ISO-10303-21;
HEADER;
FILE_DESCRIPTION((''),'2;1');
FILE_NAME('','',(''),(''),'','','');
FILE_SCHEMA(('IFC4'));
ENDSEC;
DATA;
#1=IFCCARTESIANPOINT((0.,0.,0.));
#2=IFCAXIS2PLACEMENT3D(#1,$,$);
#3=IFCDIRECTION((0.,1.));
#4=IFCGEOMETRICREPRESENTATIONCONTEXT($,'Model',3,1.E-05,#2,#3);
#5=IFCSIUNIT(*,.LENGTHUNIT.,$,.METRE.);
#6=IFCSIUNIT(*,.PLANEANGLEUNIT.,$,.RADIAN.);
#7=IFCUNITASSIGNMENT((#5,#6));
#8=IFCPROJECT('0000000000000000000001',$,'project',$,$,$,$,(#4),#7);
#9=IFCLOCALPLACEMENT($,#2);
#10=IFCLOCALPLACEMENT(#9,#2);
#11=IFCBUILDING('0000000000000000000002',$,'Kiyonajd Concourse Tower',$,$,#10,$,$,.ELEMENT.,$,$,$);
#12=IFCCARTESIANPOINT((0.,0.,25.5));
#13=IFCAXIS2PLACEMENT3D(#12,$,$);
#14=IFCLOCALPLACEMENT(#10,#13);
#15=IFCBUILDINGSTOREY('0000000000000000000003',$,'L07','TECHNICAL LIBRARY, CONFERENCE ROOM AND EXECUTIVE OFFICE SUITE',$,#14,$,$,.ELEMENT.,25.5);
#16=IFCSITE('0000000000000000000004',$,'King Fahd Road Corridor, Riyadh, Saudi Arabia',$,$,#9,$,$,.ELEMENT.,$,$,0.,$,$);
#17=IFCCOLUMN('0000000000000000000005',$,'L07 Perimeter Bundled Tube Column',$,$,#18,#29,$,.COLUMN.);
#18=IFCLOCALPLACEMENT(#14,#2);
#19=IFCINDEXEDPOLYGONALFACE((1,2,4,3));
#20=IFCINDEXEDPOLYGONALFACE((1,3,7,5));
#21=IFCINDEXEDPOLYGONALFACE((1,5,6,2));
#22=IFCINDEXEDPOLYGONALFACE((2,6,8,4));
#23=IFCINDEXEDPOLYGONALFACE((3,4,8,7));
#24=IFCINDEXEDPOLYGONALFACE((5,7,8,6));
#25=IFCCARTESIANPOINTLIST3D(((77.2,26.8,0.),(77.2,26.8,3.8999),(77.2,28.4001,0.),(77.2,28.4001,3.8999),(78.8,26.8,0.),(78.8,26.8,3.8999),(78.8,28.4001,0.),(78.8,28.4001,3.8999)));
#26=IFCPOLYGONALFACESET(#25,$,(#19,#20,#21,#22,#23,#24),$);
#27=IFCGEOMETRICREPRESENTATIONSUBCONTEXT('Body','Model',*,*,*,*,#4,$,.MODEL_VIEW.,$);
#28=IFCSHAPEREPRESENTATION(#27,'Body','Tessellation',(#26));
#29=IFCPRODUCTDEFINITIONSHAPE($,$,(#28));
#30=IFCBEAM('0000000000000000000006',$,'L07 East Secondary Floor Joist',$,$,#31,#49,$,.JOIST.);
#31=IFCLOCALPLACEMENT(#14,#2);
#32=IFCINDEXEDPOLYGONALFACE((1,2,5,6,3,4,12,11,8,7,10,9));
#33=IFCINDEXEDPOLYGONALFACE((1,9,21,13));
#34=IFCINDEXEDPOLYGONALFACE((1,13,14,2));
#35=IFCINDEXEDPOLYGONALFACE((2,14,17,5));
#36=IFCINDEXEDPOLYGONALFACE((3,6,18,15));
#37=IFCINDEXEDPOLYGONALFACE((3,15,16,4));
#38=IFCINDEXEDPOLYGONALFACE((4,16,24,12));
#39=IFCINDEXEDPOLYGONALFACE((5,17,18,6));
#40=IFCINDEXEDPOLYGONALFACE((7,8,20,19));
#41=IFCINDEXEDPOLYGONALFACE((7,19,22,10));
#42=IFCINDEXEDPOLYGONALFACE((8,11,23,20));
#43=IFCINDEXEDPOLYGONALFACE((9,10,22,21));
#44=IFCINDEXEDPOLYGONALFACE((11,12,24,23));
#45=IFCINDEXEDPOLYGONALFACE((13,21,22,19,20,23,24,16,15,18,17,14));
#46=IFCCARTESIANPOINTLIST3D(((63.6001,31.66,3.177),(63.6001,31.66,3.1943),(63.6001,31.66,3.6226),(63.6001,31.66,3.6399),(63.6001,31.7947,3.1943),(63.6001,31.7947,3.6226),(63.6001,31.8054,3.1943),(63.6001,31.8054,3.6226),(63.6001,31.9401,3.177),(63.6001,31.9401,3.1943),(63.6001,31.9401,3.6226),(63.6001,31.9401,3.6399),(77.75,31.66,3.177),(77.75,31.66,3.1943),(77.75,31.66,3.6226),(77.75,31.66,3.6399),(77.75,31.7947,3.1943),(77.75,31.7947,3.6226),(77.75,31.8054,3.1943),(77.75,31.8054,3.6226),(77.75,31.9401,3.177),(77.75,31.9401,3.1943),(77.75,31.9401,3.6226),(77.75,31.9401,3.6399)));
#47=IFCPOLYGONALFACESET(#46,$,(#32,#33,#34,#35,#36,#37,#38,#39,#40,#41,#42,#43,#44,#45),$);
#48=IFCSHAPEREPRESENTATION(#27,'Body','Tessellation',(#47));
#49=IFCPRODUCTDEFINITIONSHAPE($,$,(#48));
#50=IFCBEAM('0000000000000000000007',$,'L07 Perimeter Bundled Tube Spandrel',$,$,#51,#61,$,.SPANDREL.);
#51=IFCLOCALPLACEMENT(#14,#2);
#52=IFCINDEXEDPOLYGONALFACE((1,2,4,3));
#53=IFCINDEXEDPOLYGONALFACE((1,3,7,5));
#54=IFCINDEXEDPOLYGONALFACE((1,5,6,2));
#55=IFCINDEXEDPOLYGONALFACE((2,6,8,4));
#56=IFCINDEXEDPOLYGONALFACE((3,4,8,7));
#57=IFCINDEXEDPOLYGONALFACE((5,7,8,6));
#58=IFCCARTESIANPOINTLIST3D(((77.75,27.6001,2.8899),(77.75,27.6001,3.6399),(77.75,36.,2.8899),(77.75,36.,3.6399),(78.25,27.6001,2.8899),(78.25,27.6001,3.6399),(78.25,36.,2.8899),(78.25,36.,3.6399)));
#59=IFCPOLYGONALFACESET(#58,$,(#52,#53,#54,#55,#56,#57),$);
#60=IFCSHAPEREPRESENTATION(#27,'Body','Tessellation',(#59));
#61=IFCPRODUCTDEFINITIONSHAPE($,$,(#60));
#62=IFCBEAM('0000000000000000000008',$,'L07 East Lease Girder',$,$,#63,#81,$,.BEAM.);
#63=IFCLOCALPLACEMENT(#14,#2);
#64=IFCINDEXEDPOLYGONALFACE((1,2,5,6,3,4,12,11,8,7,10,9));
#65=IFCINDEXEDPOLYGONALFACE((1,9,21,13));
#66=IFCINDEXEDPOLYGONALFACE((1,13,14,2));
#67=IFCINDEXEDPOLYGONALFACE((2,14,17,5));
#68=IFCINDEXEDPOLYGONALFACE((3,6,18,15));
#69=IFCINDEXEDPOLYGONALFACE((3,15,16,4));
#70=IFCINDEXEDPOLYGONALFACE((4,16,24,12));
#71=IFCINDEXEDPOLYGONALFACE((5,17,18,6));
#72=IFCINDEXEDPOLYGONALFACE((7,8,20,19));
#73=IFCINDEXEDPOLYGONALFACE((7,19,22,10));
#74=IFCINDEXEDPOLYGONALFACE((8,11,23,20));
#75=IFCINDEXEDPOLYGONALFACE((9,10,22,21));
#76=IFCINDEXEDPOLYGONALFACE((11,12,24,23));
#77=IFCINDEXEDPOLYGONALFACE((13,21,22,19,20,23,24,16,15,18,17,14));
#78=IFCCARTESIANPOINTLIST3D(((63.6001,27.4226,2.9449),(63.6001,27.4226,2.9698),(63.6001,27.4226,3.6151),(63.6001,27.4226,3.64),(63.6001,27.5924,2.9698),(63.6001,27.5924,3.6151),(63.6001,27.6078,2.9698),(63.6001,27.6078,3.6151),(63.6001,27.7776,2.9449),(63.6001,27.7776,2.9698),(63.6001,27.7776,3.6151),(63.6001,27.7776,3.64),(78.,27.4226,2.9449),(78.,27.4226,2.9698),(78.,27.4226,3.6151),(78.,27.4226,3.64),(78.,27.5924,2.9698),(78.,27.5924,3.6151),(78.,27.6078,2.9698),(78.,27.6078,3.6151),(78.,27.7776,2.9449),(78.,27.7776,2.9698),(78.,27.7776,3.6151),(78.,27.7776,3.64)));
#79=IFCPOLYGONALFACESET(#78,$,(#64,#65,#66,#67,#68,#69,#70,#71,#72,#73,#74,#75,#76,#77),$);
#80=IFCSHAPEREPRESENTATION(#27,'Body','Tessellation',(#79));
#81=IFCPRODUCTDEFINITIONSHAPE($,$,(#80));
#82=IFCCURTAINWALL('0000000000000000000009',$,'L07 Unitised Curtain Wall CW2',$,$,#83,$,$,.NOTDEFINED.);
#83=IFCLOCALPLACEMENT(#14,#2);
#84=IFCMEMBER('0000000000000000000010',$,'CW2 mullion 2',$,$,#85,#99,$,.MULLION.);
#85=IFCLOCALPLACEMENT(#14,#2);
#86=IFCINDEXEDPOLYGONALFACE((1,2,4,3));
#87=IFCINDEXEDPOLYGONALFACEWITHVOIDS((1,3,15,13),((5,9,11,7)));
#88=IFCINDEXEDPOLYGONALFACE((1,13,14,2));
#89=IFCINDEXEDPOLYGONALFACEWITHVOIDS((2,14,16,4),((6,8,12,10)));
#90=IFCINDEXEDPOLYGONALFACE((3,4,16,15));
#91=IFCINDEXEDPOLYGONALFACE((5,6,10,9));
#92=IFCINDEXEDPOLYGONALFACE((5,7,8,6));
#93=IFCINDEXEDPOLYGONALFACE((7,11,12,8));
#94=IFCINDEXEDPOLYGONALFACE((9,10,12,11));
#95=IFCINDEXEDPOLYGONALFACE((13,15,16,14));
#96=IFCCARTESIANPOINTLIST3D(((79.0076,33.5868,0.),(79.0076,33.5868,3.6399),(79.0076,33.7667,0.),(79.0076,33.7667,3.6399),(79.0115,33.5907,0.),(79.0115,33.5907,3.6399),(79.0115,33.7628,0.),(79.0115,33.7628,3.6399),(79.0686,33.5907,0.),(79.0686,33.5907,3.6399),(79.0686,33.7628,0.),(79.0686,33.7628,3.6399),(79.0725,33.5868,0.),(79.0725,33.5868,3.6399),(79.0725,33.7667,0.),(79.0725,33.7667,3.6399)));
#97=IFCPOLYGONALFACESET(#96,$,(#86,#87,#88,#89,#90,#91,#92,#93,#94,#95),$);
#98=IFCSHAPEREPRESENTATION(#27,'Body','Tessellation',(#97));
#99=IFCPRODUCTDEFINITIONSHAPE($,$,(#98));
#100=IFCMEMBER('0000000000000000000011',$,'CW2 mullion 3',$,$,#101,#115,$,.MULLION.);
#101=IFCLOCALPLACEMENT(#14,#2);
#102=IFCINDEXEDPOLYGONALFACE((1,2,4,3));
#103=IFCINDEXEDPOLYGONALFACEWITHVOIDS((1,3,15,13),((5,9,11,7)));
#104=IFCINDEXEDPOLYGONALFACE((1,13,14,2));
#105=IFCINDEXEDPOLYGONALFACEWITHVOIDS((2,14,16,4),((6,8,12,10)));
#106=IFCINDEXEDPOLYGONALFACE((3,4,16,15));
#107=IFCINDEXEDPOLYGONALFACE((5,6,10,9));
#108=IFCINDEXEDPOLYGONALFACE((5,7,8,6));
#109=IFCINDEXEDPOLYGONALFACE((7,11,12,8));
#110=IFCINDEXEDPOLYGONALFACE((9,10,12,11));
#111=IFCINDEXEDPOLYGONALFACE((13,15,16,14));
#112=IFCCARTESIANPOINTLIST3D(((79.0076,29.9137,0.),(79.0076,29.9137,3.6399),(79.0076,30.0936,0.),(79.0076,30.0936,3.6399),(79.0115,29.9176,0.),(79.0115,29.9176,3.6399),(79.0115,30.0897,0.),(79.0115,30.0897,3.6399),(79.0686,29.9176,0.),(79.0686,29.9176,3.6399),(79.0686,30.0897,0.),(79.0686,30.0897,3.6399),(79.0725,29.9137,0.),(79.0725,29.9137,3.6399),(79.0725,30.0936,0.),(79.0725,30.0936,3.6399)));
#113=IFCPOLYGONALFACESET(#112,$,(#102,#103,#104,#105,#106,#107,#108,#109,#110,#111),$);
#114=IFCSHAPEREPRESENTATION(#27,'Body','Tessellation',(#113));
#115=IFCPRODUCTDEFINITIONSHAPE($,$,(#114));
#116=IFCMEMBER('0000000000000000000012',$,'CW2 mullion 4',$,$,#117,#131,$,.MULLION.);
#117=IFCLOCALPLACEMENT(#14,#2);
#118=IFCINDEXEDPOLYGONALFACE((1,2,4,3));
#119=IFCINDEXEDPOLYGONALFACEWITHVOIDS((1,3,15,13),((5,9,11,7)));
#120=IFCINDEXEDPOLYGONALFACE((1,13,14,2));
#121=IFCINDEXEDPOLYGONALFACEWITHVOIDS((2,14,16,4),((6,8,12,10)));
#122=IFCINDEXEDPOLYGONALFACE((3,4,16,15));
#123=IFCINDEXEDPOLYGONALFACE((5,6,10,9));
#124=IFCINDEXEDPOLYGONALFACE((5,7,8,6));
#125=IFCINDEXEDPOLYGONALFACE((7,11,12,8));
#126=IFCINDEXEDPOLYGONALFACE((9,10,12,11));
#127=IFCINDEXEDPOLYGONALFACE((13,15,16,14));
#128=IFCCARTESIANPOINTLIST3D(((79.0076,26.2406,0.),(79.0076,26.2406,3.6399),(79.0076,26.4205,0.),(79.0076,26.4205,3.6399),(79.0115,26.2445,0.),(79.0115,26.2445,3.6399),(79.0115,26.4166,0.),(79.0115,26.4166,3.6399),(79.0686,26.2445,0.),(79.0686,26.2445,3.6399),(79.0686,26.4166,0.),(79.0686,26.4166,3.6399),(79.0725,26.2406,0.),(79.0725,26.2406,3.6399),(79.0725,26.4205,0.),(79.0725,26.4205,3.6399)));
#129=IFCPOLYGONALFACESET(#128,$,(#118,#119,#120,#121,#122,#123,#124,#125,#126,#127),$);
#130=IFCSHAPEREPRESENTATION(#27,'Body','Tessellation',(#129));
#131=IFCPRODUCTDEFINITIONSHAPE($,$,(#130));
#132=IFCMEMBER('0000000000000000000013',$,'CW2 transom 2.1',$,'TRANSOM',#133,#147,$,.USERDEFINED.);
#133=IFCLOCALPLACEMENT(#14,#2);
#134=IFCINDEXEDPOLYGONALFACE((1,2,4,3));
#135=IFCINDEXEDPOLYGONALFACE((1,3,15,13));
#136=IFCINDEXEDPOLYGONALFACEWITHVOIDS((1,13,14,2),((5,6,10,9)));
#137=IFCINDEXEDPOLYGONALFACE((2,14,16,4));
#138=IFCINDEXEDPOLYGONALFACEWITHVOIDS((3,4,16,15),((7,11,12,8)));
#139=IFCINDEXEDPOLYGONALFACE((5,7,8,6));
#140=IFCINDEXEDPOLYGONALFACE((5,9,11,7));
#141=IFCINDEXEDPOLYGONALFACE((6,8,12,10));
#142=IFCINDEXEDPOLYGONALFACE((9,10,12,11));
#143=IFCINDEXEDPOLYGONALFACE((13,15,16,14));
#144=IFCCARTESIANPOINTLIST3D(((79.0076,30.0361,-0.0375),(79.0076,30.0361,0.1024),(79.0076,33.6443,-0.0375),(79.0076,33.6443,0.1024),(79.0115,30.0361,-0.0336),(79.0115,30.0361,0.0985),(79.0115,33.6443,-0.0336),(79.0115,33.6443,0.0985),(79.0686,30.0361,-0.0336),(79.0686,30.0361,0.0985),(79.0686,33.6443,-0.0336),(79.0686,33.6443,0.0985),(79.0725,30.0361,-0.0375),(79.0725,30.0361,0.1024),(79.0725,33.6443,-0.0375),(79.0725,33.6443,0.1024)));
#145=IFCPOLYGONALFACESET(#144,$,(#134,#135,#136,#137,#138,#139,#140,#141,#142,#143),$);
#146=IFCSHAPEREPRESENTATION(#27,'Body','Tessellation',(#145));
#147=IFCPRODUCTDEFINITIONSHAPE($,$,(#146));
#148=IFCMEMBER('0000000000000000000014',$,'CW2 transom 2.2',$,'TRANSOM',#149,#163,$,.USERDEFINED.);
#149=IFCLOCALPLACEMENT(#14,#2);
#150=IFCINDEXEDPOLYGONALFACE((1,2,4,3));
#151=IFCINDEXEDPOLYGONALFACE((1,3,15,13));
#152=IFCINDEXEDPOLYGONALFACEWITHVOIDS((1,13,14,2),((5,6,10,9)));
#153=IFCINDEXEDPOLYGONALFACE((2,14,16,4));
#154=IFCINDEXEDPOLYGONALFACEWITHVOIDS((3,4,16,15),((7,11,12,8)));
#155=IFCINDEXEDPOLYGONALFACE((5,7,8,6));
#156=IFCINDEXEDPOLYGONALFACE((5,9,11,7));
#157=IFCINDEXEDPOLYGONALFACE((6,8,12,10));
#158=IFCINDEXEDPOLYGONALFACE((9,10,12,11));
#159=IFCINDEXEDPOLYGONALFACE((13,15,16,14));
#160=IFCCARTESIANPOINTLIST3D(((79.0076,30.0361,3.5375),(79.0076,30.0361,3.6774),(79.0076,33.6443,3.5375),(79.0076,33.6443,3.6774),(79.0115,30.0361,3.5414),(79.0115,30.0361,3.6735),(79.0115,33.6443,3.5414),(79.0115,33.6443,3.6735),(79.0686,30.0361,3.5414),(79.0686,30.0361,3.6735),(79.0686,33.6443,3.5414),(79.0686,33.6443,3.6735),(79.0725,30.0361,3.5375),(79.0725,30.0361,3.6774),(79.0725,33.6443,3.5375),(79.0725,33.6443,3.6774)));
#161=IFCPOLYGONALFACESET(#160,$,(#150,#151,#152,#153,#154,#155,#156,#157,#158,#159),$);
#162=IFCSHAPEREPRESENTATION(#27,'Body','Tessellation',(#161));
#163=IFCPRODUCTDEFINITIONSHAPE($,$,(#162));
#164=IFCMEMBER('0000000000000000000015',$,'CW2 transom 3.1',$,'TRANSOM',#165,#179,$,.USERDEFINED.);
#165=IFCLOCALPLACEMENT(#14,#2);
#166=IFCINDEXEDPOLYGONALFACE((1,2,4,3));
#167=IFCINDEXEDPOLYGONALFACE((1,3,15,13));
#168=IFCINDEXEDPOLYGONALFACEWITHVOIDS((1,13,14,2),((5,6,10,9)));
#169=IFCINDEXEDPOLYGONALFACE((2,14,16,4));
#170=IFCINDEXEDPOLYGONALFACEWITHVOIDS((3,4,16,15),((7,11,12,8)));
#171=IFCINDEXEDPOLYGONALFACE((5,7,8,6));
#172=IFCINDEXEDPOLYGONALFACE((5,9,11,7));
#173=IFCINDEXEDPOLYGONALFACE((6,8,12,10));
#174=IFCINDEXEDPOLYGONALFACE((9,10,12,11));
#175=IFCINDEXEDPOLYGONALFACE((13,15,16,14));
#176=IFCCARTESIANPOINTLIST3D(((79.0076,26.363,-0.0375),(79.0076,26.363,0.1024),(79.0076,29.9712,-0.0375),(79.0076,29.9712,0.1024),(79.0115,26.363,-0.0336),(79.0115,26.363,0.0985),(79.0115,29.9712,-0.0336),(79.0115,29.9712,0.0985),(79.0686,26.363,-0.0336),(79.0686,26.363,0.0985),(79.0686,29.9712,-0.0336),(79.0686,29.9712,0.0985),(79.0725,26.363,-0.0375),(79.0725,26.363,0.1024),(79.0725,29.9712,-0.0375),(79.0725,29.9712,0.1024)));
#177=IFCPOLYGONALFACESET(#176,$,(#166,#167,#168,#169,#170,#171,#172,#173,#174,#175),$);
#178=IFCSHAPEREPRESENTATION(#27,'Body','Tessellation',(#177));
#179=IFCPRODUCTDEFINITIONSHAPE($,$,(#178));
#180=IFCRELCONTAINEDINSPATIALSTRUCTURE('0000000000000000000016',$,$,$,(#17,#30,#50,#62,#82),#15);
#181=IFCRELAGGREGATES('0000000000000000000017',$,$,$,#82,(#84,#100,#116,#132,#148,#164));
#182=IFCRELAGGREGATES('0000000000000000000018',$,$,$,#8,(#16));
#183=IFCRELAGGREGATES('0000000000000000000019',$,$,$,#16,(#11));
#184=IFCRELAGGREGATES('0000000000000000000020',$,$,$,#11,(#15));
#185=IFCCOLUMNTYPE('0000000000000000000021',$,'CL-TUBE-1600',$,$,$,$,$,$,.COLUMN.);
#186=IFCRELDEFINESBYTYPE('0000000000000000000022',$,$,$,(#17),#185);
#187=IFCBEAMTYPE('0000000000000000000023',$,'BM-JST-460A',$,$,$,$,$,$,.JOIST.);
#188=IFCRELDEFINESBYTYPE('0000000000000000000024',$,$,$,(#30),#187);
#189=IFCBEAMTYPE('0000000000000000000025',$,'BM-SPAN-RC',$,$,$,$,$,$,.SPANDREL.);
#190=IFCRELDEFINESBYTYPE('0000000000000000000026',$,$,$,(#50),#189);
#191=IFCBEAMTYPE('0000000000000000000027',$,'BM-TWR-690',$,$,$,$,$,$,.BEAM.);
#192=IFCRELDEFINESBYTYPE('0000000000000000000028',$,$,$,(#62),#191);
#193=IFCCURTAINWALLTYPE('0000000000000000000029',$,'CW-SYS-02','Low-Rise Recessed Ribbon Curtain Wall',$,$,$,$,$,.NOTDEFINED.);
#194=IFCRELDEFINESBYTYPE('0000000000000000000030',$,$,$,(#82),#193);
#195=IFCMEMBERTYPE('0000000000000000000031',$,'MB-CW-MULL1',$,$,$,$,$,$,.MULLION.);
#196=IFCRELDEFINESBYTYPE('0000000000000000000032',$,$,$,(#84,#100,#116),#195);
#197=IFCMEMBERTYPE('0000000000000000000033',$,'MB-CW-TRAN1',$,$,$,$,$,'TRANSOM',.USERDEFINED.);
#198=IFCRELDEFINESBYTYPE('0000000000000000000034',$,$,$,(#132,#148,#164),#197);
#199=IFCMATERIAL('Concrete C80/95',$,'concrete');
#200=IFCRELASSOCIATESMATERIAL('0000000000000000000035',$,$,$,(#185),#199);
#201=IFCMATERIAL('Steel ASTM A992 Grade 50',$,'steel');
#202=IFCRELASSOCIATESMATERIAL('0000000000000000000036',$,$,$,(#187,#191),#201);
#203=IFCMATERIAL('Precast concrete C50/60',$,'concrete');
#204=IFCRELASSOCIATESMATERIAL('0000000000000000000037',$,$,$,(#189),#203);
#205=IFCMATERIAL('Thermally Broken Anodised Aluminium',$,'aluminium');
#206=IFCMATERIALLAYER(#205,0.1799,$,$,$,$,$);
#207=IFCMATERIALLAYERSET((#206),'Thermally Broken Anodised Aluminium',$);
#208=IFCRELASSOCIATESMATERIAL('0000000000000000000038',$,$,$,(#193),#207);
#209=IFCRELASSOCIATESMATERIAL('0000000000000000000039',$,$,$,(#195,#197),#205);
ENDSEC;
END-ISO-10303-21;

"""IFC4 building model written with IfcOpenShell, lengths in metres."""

from ifc_helpers import new_model, si_unit, direction, frame, origin, origin_2d, place, context, subcontext, project, spatial, rectangle, hollow_rectangle, i_section, extrude, material, layer, layer_set, material_profile, profile_set, type_object, element, aggregate, save


model = new_model("IFC4")

# Units and contexts
model_context = context("Model", 3, precision=1e-05, world=origin(), true_north=direction((0.0, 1.0)))
body_context = subcontext(model_context, "Body", "Model", "MODEL_VIEW")
ifc_project = project(units=[si_unit("LENGTHUNIT", "METRE"), si_unit("PLANEANGLEUNIT", "RADIAN")], contexts=[model_context])

# Site, building, storey
site_placement = place(None, origin())
site = spatial("IfcSite", under=ifc_project, at=site_placement, Name="King Fahd Road Corridor, Riyadh, Saudi Arabia", CompositionType="ELEMENT", RefElevation=0.0)
building_placement = place(site_placement, origin())
building = spatial("IfcBuilding", under=site, at=building_placement, Name="Kiyonajd Concourse Tower", CompositionType="ELEMENT")
storey_placement = place(building_placement, frame((0.0, 0.0, 25.5)))
storey = spatial("IfcBuildingStorey", under=building, at=storey_placement, Name="L07", Description="TECHNICAL LIBRARY, CONFERENCE ROOM AND EXECUTIVE OFFICE SUITE", CompositionType="ELEMENT", Elevation=25.5)

# Column
ifc_material_1 = material(Name="Concrete C80/95", Category="concrete")
ifc_material_profile_1 = material_profile(ifc_material_1, rectangle(XDim=1.6001, YDim=1.6001, at=origin_2d()), Name="RC-1600x1600")
ifc_profile_set_1 = profile_set([ifc_material_profile_1], Name="Concrete C80/95")
column_type = type_object("IfcColumnType", Name="CL-TUBE-1600", PredefinedType="COLUMN", material=ifc_profile_set_1)
column_placement = place(storey_placement, frame((78.0, 27.6001, 0.0), z_axis=(0.0, 0.0, 1.0), x_axis=(1.0, 0.0, 0.0)))
element("IfcColumn", 1, at=column_placement, inside=storey, type_object=column_type, Name="L07 Perimeter Bundled Tube Column", PredefinedType="COLUMN", context=body_context, shape_type="SweptSolid", body=[
    extrude(rectangle(XDim=1.6001, YDim=1.6001, at=origin_2d()), origin(), (0.0, 0.0, 1.0), 3.8999),
])

# Beams
ifc_material_2 = material(Name="Steel ASTM A992 Grade 50", Category="steel")
ifc_material_profile_2 = material_profile(ifc_material_2, i_section(OverallWidth=0.28, OverallDepth=0.4629, WebThickness=0.0107, FlangeThickness=0.0173, at=origin_2d()), Name="W460X113")
ifc_profile_set_2 = profile_set([ifc_material_profile_2], Name="Steel ASTM A992 Grade 50")
beam_type_1 = type_object("IfcBeamType", Name="BM-JST-460A", PredefinedType="JOIST", material=ifc_profile_set_2)
beam_1_placement = place(storey_placement, frame((63.6001, 31.8, 3.4084), z_axis=(1.0, 0.0, 0.0), x_axis=(0.0, 1.0, 0.0)))
element("IfcBeam", 2, at=beam_1_placement, inside=storey, type_object=beam_type_1, Name="L07 East Secondary Floor Joist", PredefinedType="JOIST", context=body_context, shape_type="SweptSolid", body=[
    extrude(i_section(OverallWidth=0.28, OverallDepth=0.4629, WebThickness=0.0107, FlangeThickness=0.0173, at=origin_2d()), origin(), (0.0, 0.0, 1.0), 14.1499),
])
ifc_material_3 = material(Name="Precast concrete C50/60", Category="concrete")
ifc_material_profile_3 = material_profile(ifc_material_3, rectangle(XDim=0.5, YDim=0.75, at=origin_2d()), Name="RCBM-500x750")
ifc_profile_set_3 = profile_set([ifc_material_profile_3], Name="Precast concrete C50/60")
beam_type_2 = type_object("IfcBeamType", Name="BM-SPAN-RC", PredefinedType="SPANDREL", material=ifc_profile_set_3)
beam_2_placement = place(storey_placement, frame((78.0, 27.6001, 3.2649), z_axis=(0.0, 1.0, 0.0), x_axis=(-1.0, 0.0, 0.0)))
element("IfcBeam", 3, at=beam_2_placement, inside=storey, type_object=beam_type_2, Name="L07 Perimeter Bundled Tube Spandrel", PredefinedType="SPANDREL", context=body_context, shape_type="SweptSolid", body=[
    extrude(rectangle(XDim=0.5, YDim=0.75, at=origin_2d()), origin(), (0.0, 0.0, 1.0), 8.3999),
])
ifc_material_profile_4 = material_profile(ifc_material_2, i_section(OverallWidth=0.355, OverallDepth=0.6951, WebThickness=0.0154, FlangeThickness=0.0249, at=origin_2d()), Name="W690X217")
ifc_profile_set_4 = profile_set([ifc_material_profile_4], Name="Steel ASTM A992 Grade 50")
beam_type_3 = type_object("IfcBeamType", Name="BM-TWR-690", PredefinedType="BEAM", material=ifc_profile_set_4)
beam_3_placement = place(storey_placement, frame((63.6001, 27.6001, 3.2925), z_axis=(1.0, 0.0, 0.0), x_axis=(0.0, 1.0, 0.0)))
element("IfcBeam", 4, at=beam_3_placement, inside=storey, type_object=beam_type_3, Name="L07 East Lease Girder", PredefinedType="BEAM", context=body_context, shape_type="SweptSolid", body=[
    extrude(i_section(OverallWidth=0.355, OverallDepth=0.6951, WebThickness=0.0154, FlangeThickness=0.0249, at=origin_2d()), origin(), (0.0, 0.0, 1.0), 14.3999),
])

# Curtain wall, members
ifc_material_4 = material(Name="Thermally Broken Anodised Aluminium", Category="aluminium")
ifc_layer_1 = layer(ifc_material_4, 0.1799)
ifc_layer_set_1 = layer_set([ifc_layer_1], Name="Thermally Broken Anodised Aluminium")
curtain_wall_type = type_object("IfcCurtainWallType", Name="CW-SYS-02", Description="Low-Rise Recessed Ribbon Curtain Wall", PredefinedType="NOTDEFINED", material=ifc_layer_set_1)
curtain_wall_placement = place(storey_placement, origin())
curtain_wall = element("IfcCurtainWall", 5, at=curtain_wall_placement, inside=storey, type_object=curtain_wall_type, Name="L07 Unitised Curtain Wall CW2", PredefinedType="NOTDEFINED")
ifc_material_profile_5 = material_profile(ifc_material_4, hollow_rectangle(XDim=0.0649, YDim=0.1799, WallThickness=0.0039, at=origin_2d()), Name="MULL-65x180")
ifc_profile_set_5 = profile_set([ifc_material_profile_5], Name="Thermally Broken Anodised Aluminium")
member_type_1 = type_object("IfcMemberType", Name="MB-CW-MULL1", PredefinedType="MULLION", material=ifc_profile_set_5)
member_1_placement = place(storey_placement, frame((79.04, 33.6768, 0.0), z_axis=(0.0, 0.0, 1.0), x_axis=(1.0, 0.0, 0.0)))
member_1 = element("IfcMember", 6, at=member_1_placement, type_object=member_type_1, Name="CW2 mullion 2", PredefinedType="MULLION", context=body_context, shape_type="SweptSolid", body=[
    extrude(hollow_rectangle(XDim=0.0649, YDim=0.1799, WallThickness=0.0039, at=origin_2d()), origin(), (0.0, 0.0, 1.0), 3.6399),
])
member_2_placement = place(storey_placement, frame((79.04, 30.0037, 0.0), z_axis=(0.0, 0.0, 1.0), x_axis=(1.0, 0.0, 0.0)))
member_2 = element("IfcMember", 7, at=member_2_placement, type_object=member_type_1, Name="CW2 mullion 3", PredefinedType="MULLION", context=body_context, shape_type="SweptSolid", body=[
    extrude(hollow_rectangle(XDim=0.0649, YDim=0.1799, WallThickness=0.0039, at=origin_2d()), origin(), (0.0, 0.0, 1.0), 3.6399),
])
member_3_placement = place(storey_placement, frame((79.04, 26.3306, 0.0), z_axis=(0.0, 0.0, 1.0), x_axis=(1.0, 0.0, 0.0)))
member_3 = element("IfcMember", 8, at=member_3_placement, type_object=member_type_1, Name="CW2 mullion 4", PredefinedType="MULLION", context=body_context, shape_type="SweptSolid", body=[
    extrude(hollow_rectangle(XDim=0.0649, YDim=0.1799, WallThickness=0.0039, at=origin_2d()), origin(), (0.0, 0.0, 1.0), 3.6399),
])
ifc_material_profile_6 = material_profile(ifc_material_4, hollow_rectangle(XDim=0.0649, YDim=0.1399, WallThickness=0.0039, at=origin_2d()), Name="TRAN-65x140")
ifc_profile_set_6 = profile_set([ifc_material_profile_6], Name="Thermally Broken Anodised Aluminium")
member_type_2 = type_object("IfcMemberType", Name="MB-CW-TRAN1", ElementType="TRANSOM", PredefinedType="USERDEFINED", material=ifc_profile_set_6)
member_4_placement = place(storey_placement, frame((79.04, 33.6443, 0.0325), z_axis=(0.0, -1.0, 0.0), x_axis=(1.0, 0.0, 0.0)))
member_4 = element("IfcMember", 9, at=member_4_placement, type_object=member_type_2, Name="CW2 transom 2.1", ObjectType="TRANSOM", PredefinedType="USERDEFINED", context=body_context, shape_type="SweptSolid", body=[
    extrude(hollow_rectangle(XDim=0.0649, YDim=0.1399, WallThickness=0.0039, at=origin_2d()), origin(), (0.0, 0.0, 1.0), 3.6082),
])
member_5_placement = place(storey_placement, frame((79.04, 33.6443, 3.6074), z_axis=(0.0, -1.0, 0.0), x_axis=(1.0, 0.0, 0.0)))
member_5 = element("IfcMember", 10, at=member_5_placement, type_object=member_type_2, Name="CW2 transom 2.2", ObjectType="TRANSOM", PredefinedType="USERDEFINED", context=body_context, shape_type="SweptSolid", body=[
    extrude(hollow_rectangle(XDim=0.0649, YDim=0.1399, WallThickness=0.0039, at=origin_2d()), origin(), (0.0, 0.0, 1.0), 3.6082),
])
member_6_placement = place(storey_placement, frame((79.04, 29.9712, 0.0325), z_axis=(0.0, -1.0, 0.0), x_axis=(1.0, 0.0, 0.0)))
member_6 = element("IfcMember", 11, at=member_6_placement, type_object=member_type_2, Name="CW2 transom 3.1", ObjectType="TRANSOM", PredefinedType="USERDEFINED", context=body_context, shape_type="SweptSolid", body=[
    extrude(hollow_rectangle(XDim=0.0649, YDim=0.1399, WallThickness=0.0039, at=origin_2d()), origin(), (0.0, 0.0, 1.0), 3.6082),
])
aggregate(curtain_wall, [member_1, member_2, member_3, member_4, member_5, member_6])

save(model, "model.ifc")
